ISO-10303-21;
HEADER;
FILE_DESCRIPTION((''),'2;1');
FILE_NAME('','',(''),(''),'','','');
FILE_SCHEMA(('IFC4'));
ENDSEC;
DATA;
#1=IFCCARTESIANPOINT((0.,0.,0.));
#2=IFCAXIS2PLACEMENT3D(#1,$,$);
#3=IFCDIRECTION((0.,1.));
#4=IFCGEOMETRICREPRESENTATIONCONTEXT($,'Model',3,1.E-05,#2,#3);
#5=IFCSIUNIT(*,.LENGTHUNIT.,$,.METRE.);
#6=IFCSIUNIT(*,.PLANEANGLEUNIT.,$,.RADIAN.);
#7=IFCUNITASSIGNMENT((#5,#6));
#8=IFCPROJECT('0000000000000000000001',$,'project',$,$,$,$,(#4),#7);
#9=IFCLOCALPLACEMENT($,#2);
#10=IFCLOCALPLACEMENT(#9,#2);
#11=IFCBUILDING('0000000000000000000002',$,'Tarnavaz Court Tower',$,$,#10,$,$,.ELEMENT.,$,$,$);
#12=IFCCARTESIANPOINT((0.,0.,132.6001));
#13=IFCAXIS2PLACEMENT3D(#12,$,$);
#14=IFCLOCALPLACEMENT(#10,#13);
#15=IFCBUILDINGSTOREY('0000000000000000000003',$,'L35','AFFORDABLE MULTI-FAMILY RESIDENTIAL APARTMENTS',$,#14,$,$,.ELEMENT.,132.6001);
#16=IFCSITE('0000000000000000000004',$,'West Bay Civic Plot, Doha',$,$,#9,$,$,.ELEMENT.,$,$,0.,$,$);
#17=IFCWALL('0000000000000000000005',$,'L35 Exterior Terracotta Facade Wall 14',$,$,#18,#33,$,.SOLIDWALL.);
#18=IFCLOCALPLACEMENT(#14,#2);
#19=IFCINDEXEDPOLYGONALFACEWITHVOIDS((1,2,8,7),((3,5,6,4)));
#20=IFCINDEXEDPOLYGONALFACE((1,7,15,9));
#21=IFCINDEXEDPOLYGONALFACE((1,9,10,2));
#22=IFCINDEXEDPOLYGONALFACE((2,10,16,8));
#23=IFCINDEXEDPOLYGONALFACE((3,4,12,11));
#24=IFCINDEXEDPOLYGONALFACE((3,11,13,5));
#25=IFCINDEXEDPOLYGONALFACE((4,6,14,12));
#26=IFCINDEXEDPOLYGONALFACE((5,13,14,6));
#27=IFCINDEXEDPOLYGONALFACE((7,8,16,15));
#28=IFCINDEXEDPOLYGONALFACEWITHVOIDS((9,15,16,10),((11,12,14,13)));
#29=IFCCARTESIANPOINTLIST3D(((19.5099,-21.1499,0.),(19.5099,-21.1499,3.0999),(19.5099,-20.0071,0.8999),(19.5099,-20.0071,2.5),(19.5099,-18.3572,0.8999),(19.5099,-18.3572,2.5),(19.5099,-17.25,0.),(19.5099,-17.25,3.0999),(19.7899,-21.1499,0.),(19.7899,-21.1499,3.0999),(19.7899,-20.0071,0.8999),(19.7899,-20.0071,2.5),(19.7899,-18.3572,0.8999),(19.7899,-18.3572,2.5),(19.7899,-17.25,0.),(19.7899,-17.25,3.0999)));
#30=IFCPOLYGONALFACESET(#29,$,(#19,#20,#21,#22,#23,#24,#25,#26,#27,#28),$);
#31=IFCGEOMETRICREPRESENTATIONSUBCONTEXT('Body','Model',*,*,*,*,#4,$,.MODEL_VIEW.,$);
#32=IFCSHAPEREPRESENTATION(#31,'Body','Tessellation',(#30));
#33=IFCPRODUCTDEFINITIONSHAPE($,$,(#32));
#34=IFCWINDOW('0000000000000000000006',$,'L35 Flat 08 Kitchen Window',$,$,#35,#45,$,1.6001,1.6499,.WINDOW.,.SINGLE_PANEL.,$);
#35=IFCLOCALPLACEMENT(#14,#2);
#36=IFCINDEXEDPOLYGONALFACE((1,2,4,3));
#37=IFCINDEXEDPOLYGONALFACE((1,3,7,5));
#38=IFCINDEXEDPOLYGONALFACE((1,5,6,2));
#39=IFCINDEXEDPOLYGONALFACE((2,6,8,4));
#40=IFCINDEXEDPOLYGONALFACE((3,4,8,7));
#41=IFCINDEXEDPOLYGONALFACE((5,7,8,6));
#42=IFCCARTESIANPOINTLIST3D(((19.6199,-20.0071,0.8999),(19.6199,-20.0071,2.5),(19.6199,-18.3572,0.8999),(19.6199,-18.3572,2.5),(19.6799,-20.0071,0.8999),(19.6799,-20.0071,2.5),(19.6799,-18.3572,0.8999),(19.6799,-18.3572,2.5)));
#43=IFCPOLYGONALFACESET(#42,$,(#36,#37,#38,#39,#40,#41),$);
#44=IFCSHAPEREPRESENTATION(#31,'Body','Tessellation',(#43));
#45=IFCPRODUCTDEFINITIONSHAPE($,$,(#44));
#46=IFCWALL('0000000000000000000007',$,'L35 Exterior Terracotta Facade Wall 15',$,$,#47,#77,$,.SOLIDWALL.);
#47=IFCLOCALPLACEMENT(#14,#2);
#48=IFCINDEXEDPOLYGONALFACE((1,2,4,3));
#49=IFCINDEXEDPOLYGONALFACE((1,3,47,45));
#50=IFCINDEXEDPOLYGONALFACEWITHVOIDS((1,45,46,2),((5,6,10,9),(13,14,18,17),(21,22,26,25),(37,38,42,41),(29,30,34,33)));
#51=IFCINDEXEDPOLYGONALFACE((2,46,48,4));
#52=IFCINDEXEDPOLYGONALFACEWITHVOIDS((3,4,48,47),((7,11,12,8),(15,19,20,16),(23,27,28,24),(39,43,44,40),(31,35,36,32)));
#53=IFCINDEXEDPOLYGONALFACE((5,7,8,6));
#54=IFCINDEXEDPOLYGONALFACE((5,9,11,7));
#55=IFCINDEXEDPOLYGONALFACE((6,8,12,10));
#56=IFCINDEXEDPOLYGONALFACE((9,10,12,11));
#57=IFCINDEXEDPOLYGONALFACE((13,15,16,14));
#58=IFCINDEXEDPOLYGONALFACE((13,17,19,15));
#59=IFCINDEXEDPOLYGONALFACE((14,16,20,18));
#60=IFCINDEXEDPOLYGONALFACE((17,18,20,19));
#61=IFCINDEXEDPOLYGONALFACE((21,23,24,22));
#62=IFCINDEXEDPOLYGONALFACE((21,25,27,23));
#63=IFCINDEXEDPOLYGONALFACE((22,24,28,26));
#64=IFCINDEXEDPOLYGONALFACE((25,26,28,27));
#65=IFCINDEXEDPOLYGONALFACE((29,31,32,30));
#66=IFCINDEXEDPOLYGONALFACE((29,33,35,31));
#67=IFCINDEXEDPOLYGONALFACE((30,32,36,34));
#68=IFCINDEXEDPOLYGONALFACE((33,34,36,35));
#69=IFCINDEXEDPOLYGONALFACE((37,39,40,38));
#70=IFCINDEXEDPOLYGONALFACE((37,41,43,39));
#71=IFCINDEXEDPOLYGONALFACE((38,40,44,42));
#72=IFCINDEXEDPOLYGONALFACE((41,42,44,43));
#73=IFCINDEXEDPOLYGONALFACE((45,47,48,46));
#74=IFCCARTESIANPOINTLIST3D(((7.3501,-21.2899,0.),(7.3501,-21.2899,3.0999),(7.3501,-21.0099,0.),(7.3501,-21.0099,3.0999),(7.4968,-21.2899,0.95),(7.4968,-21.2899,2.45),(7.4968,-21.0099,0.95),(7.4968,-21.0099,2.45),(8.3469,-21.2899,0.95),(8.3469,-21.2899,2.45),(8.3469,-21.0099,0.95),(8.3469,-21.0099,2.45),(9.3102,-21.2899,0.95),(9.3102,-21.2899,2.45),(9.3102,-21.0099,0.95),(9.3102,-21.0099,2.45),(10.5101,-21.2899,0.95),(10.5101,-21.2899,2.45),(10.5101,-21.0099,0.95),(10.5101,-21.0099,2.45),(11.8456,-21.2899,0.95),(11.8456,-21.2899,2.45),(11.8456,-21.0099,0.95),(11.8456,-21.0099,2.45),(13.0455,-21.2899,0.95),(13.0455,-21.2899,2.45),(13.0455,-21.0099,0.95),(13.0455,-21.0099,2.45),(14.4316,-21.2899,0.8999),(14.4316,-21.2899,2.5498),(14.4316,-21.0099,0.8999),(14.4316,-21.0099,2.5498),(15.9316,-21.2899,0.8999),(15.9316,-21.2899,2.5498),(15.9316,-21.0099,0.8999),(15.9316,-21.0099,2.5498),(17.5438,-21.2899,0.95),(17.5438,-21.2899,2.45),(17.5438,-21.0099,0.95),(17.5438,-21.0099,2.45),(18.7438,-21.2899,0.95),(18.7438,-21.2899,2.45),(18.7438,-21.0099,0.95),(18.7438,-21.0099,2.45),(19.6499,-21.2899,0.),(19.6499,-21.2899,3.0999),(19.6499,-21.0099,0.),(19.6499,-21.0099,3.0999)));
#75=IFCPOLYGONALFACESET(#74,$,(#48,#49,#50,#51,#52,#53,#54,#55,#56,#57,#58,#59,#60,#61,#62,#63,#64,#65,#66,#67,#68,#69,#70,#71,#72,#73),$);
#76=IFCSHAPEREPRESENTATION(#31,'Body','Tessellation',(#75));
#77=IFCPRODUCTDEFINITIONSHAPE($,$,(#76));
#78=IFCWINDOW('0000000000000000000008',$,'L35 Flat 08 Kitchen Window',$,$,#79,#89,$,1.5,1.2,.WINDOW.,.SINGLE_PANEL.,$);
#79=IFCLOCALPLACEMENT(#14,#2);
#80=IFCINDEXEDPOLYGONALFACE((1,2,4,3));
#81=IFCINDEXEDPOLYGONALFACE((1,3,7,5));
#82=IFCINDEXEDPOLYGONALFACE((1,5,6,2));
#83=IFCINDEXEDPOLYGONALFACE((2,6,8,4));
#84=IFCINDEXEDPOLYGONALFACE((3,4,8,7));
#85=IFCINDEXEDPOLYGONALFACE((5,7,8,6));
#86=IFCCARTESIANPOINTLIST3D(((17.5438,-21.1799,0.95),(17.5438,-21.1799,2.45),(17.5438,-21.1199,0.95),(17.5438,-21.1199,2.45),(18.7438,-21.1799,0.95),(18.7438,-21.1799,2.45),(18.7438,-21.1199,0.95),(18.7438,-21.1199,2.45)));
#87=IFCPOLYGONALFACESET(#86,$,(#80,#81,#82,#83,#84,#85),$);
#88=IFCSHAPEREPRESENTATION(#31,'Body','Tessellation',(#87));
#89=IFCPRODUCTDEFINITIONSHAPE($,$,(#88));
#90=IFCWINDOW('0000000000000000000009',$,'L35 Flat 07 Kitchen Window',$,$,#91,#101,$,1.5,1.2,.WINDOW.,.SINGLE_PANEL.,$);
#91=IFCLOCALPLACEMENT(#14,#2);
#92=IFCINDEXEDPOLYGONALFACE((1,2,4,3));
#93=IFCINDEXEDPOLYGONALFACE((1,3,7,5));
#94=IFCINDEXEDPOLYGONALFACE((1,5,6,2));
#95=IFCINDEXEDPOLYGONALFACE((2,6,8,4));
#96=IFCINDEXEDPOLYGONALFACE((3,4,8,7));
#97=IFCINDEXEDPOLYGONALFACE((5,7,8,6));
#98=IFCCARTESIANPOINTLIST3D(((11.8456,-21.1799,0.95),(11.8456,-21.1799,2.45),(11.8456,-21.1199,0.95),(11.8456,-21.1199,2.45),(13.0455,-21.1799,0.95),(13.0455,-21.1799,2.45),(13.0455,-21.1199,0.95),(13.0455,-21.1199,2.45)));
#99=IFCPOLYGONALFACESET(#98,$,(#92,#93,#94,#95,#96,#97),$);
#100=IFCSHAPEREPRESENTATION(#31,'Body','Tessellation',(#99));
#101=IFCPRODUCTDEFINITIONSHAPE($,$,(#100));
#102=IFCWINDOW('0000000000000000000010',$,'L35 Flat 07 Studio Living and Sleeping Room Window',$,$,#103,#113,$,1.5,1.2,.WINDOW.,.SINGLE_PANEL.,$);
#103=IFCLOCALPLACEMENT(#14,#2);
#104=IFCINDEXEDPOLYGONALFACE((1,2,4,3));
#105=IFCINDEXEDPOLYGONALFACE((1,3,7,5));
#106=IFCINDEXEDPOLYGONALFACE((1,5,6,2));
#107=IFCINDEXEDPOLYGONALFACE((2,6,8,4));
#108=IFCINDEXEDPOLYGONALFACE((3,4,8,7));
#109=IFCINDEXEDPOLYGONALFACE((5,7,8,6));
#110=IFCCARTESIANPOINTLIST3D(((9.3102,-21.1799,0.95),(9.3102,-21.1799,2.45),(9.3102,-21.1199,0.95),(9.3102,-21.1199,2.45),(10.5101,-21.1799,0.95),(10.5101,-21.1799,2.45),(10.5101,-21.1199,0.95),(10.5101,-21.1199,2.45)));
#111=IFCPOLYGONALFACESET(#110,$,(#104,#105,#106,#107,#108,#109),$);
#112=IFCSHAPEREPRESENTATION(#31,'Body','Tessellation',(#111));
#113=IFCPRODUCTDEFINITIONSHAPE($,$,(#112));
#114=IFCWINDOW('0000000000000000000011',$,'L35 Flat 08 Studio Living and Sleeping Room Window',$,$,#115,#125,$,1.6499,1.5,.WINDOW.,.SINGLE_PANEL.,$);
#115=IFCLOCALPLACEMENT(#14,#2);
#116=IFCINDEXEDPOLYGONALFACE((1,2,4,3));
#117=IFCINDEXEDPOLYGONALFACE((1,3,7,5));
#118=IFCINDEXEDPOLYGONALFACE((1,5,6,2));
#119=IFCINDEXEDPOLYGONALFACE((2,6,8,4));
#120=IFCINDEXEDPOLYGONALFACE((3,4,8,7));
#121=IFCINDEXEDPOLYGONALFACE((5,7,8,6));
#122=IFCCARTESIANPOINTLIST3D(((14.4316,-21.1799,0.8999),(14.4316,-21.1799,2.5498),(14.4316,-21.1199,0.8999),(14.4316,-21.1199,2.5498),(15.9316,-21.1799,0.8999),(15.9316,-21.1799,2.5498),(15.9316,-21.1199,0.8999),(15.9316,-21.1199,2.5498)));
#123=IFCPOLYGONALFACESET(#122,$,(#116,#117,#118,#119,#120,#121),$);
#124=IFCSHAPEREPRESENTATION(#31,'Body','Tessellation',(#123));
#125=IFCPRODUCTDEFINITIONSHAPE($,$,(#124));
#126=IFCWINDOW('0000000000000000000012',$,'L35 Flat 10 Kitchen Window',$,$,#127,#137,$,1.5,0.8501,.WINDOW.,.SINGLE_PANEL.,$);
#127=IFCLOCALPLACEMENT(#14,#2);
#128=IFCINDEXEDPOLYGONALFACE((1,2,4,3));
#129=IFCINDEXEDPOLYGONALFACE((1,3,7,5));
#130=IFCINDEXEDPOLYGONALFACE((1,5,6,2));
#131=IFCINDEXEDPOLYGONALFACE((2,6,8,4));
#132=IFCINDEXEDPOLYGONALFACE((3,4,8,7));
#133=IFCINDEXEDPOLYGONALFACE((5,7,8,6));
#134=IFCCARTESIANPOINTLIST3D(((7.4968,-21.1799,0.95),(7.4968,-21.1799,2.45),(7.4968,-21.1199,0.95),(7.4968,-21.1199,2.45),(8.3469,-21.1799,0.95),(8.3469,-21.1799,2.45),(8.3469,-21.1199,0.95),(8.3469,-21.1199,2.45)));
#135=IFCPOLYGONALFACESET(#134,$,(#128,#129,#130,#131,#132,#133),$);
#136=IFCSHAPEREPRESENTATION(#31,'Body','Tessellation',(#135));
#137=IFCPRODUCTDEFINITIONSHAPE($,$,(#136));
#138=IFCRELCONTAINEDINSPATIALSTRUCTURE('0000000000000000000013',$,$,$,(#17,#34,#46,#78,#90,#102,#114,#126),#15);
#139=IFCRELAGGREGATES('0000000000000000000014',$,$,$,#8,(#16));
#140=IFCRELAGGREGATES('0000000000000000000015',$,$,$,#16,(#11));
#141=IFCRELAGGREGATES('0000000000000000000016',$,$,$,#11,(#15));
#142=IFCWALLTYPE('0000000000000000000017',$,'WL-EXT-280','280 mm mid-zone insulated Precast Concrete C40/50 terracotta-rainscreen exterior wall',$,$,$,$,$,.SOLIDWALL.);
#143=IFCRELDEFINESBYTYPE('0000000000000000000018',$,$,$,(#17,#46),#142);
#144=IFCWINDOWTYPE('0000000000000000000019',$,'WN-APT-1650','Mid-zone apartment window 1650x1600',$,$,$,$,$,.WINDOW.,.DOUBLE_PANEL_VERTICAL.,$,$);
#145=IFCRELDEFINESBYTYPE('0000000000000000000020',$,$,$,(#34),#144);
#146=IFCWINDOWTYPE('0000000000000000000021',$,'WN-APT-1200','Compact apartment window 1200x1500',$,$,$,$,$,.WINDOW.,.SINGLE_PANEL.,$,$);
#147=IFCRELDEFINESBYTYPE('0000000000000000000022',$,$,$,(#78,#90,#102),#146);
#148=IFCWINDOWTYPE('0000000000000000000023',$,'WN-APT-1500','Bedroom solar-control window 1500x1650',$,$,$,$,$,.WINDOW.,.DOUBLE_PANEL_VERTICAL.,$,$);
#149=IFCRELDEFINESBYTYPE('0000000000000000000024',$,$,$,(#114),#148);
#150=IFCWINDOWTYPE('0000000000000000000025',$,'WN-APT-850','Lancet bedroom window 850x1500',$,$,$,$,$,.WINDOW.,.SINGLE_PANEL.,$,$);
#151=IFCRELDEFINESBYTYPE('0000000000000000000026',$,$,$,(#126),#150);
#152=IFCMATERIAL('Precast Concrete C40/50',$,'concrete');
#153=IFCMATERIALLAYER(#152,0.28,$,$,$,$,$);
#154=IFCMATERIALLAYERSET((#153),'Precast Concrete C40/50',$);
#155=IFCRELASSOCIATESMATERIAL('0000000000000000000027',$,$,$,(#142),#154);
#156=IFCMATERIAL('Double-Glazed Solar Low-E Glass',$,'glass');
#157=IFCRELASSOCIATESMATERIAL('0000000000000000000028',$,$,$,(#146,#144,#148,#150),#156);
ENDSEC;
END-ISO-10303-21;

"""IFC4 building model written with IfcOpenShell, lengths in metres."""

from ifc_helpers import new_model, si_unit, direction, frame, frame_2d, origin, place, context, subcontext, project, spatial, rectangle, extrude, material, layer, layer_set, type_object, element, fill, save


model = new_model("IFC4")

# Units and contexts
model_context = context("Model", 3, precision=1e-05, world=origin(), true_north=direction((0.0, 1.0)))
body_context = subcontext(model_context, "Body", "Model", "MODEL_VIEW")
ifc_project = project(units=[si_unit("LENGTHUNIT", "METRE"), si_unit("PLANEANGLEUNIT", "RADIAN")], contexts=[model_context])

# Site, building, storey
site_placement = place(None, origin())
site = spatial("IfcSite", under=ifc_project, at=site_placement, Name="West Bay Civic Plot, Doha", CompositionType="ELEMENT", RefElevation=0.0)
building_placement = place(site_placement, origin())
building = spatial("IfcBuilding", under=site, at=building_placement, Name="Tarnavaz Court Tower", CompositionType="ELEMENT")
storey_placement = place(building_placement, frame((0.0, 0.0, 132.6001)))
storey = spatial("IfcBuildingStorey", under=building, at=storey_placement, Name="L35", Description="AFFORDABLE MULTI-FAMILY RESIDENTIAL APARTMENTS", CompositionType="ELEMENT", Elevation=132.6001)

# Shared definitions
ifc_material_1 = material(Name="Precast Concrete C40/50", Category="concrete")
ifc_layer_1 = layer(ifc_material_1, 0.28)
ifc_layer_set_1 = layer_set([ifc_layer_1], Name="Precast Concrete C40/50")
wall_type_1 = type_object("IfcWallType", Name="WL-EXT-280", Description="280 mm mid-zone insulated Precast Concrete C40/50 terracotta-rainscreen exterior wall", PredefinedType="SOLIDWALL", material=ifc_layer_set_1)
ifc_material_2 = material(Name="Double-Glazed Solar Low-E Glass", Category="glass")
window_type_1 = type_object("IfcWindowType", Name="WN-APT-1200", Description="Compact apartment window 1200x1500", PartitioningType="SINGLE_PANEL", PredefinedType="WINDOW", material=ifc_material_2)

# Wall, opening, window
wall_1_placement = place(storey_placement, frame((19.6499, -17.25, 0.0), z_axis=(0.0, 0.0, 1.0), x_axis=(0.0, -1.0, 0.0)))
wall_1 = element("IfcWall", 1, at=wall_1_placement, inside=storey, type_object=wall_type_1, Name="L35 Exterior Terracotta Facade Wall 14", PredefinedType="SOLIDWALL", context=body_context, shape_type="SweptSolid", body=[
    extrude(rectangle(XDim=3.8999, YDim=0.28, at=frame_2d((1.95, 0.0))), origin(), (0.0, 0.0, 1.0), 3.0999),
])
opening_1_placement = place(wall_1_placement, frame((1.1072, 0.0, 0.8999)))
opening_1 = element("IfcOpeningElement", 2, at=opening_1_placement, cuts=wall_1, PredefinedType="OPENING", context=body_context, shape_type="SweptSolid", body=[
    extrude(rectangle(XDim=1.6499, YDim=1.6001, at=frame_2d((0.825, 0.8))), frame((0.0, 0.1499, 0.0), z_axis=(0.0, -1.0, 0.0), x_axis=(1.0, 0.0, 0.0)), (0.0, 0.0, 1.0), 0.3),
])
window_type_2 = type_object("IfcWindowType", Name="WN-APT-1650", Description="Mid-zone apartment window 1650x1600", PartitioningType="DOUBLE_PANEL_VERTICAL", PredefinedType="WINDOW", material=ifc_material_2)
window_1_placement = place(opening_1_placement, origin())
window_1 = element("IfcWindow", 3, at=window_1_placement, inside=storey, type_object=window_type_2, Name="L35 Flat 08 Kitchen Window", OverallHeight=1.6001, OverallWidth=1.6499, PartitioningType="SINGLE_PANEL", PredefinedType="WINDOW", context=body_context, shape_type="SweptSolid", body=[
    extrude(rectangle(XDim=1.6499, YDim=1.6001, at=frame_2d((0.825, 0.8))), frame((0.0, 0.03, 0.0), z_axis=(0.0, -1.0, 0.0), x_axis=(1.0, 0.0, 0.0)), (0.0, 0.0, 1.0), 0.0601),
])
fill(opening_1, window_1)

# Wall, openings, windows
wall_2_placement = place(storey_placement, frame((19.6499, -21.1499, 0.0), z_axis=(0.0, 0.0, 1.0), x_axis=(-1.0, 0.0, 0.0)))
wall_2 = element("IfcWall", 4, at=wall_2_placement, inside=storey, type_object=wall_type_1, Name="L35 Exterior Terracotta Facade Wall 15", PredefinedType="SOLIDWALL", context=body_context, shape_type="SweptSolid", body=[
    extrude(rectangle(XDim=12.2998, YDim=0.28, at=frame_2d((6.1499, 0.0))), origin(), (0.0, 0.0, 1.0), 3.0999),
])
opening_2_placement = place(wall_2_placement, frame((0.906, 0.0, 0.95)))
opening_2 = element("IfcOpeningElement", 5, at=opening_2_placement, cuts=wall_2, PredefinedType="OPENING", context=body_context, shape_type="SweptSolid", body=[
    extrude(rectangle(XDim=1.2, YDim=1.5, at=frame_2d((0.6001, 0.75))), frame((0.0, 0.1499, 0.0), z_axis=(0.0, -1.0, 0.0), x_axis=(1.0, 0.0, 0.0)), (0.0, 0.0, 1.0), 0.3),
])
opening_3_placement = place(wall_2_placement, frame((3.7183, 0.0, 0.8999)))
opening_3 = element("IfcOpeningElement", 6, at=opening_3_placement, cuts=wall_2, PredefinedType="OPENING", context=body_context, shape_type="SweptSolid", body=[
    extrude(rectangle(XDim=1.5, YDim=1.6499, at=frame_2d((0.75, 0.825))), frame((0.0, 0.1499, 0.0), z_axis=(0.0, -1.0, 0.0), x_axis=(1.0, 0.0, 0.0)), (0.0, 0.0, 1.0), 0.3),
])
opening_4_placement = place(wall_2_placement, frame((6.6042, 0.0, 0.95)))
opening_4 = element("IfcOpeningElement", 7, at=opening_4_placement, cuts=wall_2, PredefinedType="OPENING", context=body_context, shape_type="SweptSolid", body=[
    extrude(rectangle(XDim=1.2, YDim=1.5, at=frame_2d((0.6001, 0.75))), frame((0.0, 0.1499, 0.0), z_axis=(0.0, -1.0, 0.0), x_axis=(1.0, 0.0, 0.0)), (0.0, 0.0, 1.0), 0.3),
])
opening_5_placement = place(wall_2_placement, frame((9.1396, 0.0, 0.95)))
opening_5 = element("IfcOpeningElement", 8, at=opening_5_placement, cuts=wall_2, PredefinedType="OPENING", context=body_context, shape_type="SweptSolid", body=[
    extrude(rectangle(XDim=1.2, YDim=1.5, at=frame_2d((0.6001, 0.75))), frame((0.0, 0.1499, 0.0), z_axis=(0.0, -1.0, 0.0), x_axis=(1.0, 0.0, 0.0)), (0.0, 0.0, 1.0), 0.3),
])
opening_6_placement = place(wall_2_placement, frame((11.303, 0.0, 0.95)))
opening_6 = element("IfcOpeningElement", 9, at=opening_6_placement, cuts=wall_2, PredefinedType="OPENING", context=body_context, shape_type="SweptSolid", body=[
    extrude(rectangle(XDim=0.8501, YDim=1.5, at=frame_2d((0.425, 0.75))), frame((0.0, 0.1499, 0.0), z_axis=(0.0, -1.0, 0.0), x_axis=(1.0, 0.0, 0.0)), (0.0, 0.0, 1.0), 0.3),
])
window_2_placement = place(opening_2_placement, origin())
window_2 = element("IfcWindow", 10, at=window_2_placement, inside=storey, type_object=window_type_1, Name="L35 Flat 08 Kitchen Window", OverallHeight=1.5, OverallWidth=1.2, PartitioningType="SINGLE_PANEL", PredefinedType="WINDOW", context=body_context, shape_type="SweptSolid", body=[
    extrude(rectangle(XDim=1.2, YDim=1.5, at=frame_2d((0.6001, 0.75))), frame((0.0, 0.03, 0.0), z_axis=(0.0, -1.0, 0.0), x_axis=(1.0, 0.0, 0.0)), (0.0, 0.0, 1.0), 0.0601),
])
fill(opening_2, window_2)
window_3_placement = place(opening_4_placement, origin())
window_3 = element("IfcWindow", 11, at=window_3_placement, inside=storey, type_object=window_type_1, Name="L35 Flat 07 Kitchen Window", OverallHeight=1.5, OverallWidth=1.2, PartitioningType="SINGLE_PANEL", PredefinedType="WINDOW", context=body_context, shape_type="SweptSolid", body=[
    extrude(rectangle(XDim=1.2, YDim=1.5, at=frame_2d((0.6001, 0.75))), frame((0.0, 0.03, 0.0), z_axis=(0.0, -1.0, 0.0), x_axis=(1.0, 0.0, 0.0)), (0.0, 0.0, 1.0), 0.0601),
])
fill(opening_4, window_3)
window_4_placement = place(opening_5_placement, origin())
window_4 = element("IfcWindow", 12, at=window_4_placement, inside=storey, type_object=window_type_1, Name="L35 Flat 07 Studio Living and Sleeping Room Window", OverallHeight=1.5, OverallWidth=1.2, PartitioningType="SINGLE_PANEL", PredefinedType="WINDOW", context=body_context, shape_type="SweptSolid", body=[
    extrude(rectangle(XDim=1.2, YDim=1.5, at=frame_2d((0.6001, 0.75))), frame((0.0, 0.03, 0.0), z_axis=(0.0, -1.0, 0.0), x_axis=(1.0, 0.0, 0.0)), (0.0, 0.0, 1.0), 0.0601),
])
fill(opening_5, window_4)
window_type_3 = type_object("IfcWindowType", Name="WN-APT-1500", Description="Bedroom solar-control window 1500x1650", PartitioningType="DOUBLE_PANEL_VERTICAL", PredefinedType="WINDOW", material=ifc_material_2)
window_5_placement = place(opening_3_placement, origin())
window_5 = element("IfcWindow", 13, at=window_5_placement, inside=storey, type_object=window_type_3, Name="L35 Flat 08 Studio Living and Sleeping Room Window", OverallHeight=1.6499, OverallWidth=1.5, PartitioningType="SINGLE_PANEL", PredefinedType="WINDOW", context=body_context, shape_type="SweptSolid", body=[
    extrude(rectangle(XDim=1.5, YDim=1.6499, at=frame_2d((0.75, 0.825))), frame((0.0, 0.03, 0.0), z_axis=(0.0, -1.0, 0.0), x_axis=(1.0, 0.0, 0.0)), (0.0, 0.0, 1.0), 0.0601),
])
fill(opening_3, window_5)
window_type_4 = type_object("IfcWindowType", Name="WN-APT-850", Description="Lancet bedroom window 850x1500", PartitioningType="SINGLE_PANEL", PredefinedType="WINDOW", material=ifc_material_2)
window_6_placement = place(opening_6_placement, origin())
window_6 = element("IfcWindow", 14, at=window_6_placement, inside=storey, type_object=window_type_4, Name="L35 Flat 10 Kitchen Window", OverallHeight=1.5, OverallWidth=0.8501, PartitioningType="SINGLE_PANEL", PredefinedType="WINDOW", context=body_context, shape_type="SweptSolid", body=[
    extrude(rectangle(XDim=0.8501, YDim=1.5, at=frame_2d((0.425, 0.75))), frame((0.0, 0.03, 0.0), z_axis=(0.0, -1.0, 0.0), x_axis=(1.0, 0.0, 0.0)), (0.0, 0.0, 1.0), 0.0601),
])
fill(opening_6, window_6)

save(model, "model.ifc")
